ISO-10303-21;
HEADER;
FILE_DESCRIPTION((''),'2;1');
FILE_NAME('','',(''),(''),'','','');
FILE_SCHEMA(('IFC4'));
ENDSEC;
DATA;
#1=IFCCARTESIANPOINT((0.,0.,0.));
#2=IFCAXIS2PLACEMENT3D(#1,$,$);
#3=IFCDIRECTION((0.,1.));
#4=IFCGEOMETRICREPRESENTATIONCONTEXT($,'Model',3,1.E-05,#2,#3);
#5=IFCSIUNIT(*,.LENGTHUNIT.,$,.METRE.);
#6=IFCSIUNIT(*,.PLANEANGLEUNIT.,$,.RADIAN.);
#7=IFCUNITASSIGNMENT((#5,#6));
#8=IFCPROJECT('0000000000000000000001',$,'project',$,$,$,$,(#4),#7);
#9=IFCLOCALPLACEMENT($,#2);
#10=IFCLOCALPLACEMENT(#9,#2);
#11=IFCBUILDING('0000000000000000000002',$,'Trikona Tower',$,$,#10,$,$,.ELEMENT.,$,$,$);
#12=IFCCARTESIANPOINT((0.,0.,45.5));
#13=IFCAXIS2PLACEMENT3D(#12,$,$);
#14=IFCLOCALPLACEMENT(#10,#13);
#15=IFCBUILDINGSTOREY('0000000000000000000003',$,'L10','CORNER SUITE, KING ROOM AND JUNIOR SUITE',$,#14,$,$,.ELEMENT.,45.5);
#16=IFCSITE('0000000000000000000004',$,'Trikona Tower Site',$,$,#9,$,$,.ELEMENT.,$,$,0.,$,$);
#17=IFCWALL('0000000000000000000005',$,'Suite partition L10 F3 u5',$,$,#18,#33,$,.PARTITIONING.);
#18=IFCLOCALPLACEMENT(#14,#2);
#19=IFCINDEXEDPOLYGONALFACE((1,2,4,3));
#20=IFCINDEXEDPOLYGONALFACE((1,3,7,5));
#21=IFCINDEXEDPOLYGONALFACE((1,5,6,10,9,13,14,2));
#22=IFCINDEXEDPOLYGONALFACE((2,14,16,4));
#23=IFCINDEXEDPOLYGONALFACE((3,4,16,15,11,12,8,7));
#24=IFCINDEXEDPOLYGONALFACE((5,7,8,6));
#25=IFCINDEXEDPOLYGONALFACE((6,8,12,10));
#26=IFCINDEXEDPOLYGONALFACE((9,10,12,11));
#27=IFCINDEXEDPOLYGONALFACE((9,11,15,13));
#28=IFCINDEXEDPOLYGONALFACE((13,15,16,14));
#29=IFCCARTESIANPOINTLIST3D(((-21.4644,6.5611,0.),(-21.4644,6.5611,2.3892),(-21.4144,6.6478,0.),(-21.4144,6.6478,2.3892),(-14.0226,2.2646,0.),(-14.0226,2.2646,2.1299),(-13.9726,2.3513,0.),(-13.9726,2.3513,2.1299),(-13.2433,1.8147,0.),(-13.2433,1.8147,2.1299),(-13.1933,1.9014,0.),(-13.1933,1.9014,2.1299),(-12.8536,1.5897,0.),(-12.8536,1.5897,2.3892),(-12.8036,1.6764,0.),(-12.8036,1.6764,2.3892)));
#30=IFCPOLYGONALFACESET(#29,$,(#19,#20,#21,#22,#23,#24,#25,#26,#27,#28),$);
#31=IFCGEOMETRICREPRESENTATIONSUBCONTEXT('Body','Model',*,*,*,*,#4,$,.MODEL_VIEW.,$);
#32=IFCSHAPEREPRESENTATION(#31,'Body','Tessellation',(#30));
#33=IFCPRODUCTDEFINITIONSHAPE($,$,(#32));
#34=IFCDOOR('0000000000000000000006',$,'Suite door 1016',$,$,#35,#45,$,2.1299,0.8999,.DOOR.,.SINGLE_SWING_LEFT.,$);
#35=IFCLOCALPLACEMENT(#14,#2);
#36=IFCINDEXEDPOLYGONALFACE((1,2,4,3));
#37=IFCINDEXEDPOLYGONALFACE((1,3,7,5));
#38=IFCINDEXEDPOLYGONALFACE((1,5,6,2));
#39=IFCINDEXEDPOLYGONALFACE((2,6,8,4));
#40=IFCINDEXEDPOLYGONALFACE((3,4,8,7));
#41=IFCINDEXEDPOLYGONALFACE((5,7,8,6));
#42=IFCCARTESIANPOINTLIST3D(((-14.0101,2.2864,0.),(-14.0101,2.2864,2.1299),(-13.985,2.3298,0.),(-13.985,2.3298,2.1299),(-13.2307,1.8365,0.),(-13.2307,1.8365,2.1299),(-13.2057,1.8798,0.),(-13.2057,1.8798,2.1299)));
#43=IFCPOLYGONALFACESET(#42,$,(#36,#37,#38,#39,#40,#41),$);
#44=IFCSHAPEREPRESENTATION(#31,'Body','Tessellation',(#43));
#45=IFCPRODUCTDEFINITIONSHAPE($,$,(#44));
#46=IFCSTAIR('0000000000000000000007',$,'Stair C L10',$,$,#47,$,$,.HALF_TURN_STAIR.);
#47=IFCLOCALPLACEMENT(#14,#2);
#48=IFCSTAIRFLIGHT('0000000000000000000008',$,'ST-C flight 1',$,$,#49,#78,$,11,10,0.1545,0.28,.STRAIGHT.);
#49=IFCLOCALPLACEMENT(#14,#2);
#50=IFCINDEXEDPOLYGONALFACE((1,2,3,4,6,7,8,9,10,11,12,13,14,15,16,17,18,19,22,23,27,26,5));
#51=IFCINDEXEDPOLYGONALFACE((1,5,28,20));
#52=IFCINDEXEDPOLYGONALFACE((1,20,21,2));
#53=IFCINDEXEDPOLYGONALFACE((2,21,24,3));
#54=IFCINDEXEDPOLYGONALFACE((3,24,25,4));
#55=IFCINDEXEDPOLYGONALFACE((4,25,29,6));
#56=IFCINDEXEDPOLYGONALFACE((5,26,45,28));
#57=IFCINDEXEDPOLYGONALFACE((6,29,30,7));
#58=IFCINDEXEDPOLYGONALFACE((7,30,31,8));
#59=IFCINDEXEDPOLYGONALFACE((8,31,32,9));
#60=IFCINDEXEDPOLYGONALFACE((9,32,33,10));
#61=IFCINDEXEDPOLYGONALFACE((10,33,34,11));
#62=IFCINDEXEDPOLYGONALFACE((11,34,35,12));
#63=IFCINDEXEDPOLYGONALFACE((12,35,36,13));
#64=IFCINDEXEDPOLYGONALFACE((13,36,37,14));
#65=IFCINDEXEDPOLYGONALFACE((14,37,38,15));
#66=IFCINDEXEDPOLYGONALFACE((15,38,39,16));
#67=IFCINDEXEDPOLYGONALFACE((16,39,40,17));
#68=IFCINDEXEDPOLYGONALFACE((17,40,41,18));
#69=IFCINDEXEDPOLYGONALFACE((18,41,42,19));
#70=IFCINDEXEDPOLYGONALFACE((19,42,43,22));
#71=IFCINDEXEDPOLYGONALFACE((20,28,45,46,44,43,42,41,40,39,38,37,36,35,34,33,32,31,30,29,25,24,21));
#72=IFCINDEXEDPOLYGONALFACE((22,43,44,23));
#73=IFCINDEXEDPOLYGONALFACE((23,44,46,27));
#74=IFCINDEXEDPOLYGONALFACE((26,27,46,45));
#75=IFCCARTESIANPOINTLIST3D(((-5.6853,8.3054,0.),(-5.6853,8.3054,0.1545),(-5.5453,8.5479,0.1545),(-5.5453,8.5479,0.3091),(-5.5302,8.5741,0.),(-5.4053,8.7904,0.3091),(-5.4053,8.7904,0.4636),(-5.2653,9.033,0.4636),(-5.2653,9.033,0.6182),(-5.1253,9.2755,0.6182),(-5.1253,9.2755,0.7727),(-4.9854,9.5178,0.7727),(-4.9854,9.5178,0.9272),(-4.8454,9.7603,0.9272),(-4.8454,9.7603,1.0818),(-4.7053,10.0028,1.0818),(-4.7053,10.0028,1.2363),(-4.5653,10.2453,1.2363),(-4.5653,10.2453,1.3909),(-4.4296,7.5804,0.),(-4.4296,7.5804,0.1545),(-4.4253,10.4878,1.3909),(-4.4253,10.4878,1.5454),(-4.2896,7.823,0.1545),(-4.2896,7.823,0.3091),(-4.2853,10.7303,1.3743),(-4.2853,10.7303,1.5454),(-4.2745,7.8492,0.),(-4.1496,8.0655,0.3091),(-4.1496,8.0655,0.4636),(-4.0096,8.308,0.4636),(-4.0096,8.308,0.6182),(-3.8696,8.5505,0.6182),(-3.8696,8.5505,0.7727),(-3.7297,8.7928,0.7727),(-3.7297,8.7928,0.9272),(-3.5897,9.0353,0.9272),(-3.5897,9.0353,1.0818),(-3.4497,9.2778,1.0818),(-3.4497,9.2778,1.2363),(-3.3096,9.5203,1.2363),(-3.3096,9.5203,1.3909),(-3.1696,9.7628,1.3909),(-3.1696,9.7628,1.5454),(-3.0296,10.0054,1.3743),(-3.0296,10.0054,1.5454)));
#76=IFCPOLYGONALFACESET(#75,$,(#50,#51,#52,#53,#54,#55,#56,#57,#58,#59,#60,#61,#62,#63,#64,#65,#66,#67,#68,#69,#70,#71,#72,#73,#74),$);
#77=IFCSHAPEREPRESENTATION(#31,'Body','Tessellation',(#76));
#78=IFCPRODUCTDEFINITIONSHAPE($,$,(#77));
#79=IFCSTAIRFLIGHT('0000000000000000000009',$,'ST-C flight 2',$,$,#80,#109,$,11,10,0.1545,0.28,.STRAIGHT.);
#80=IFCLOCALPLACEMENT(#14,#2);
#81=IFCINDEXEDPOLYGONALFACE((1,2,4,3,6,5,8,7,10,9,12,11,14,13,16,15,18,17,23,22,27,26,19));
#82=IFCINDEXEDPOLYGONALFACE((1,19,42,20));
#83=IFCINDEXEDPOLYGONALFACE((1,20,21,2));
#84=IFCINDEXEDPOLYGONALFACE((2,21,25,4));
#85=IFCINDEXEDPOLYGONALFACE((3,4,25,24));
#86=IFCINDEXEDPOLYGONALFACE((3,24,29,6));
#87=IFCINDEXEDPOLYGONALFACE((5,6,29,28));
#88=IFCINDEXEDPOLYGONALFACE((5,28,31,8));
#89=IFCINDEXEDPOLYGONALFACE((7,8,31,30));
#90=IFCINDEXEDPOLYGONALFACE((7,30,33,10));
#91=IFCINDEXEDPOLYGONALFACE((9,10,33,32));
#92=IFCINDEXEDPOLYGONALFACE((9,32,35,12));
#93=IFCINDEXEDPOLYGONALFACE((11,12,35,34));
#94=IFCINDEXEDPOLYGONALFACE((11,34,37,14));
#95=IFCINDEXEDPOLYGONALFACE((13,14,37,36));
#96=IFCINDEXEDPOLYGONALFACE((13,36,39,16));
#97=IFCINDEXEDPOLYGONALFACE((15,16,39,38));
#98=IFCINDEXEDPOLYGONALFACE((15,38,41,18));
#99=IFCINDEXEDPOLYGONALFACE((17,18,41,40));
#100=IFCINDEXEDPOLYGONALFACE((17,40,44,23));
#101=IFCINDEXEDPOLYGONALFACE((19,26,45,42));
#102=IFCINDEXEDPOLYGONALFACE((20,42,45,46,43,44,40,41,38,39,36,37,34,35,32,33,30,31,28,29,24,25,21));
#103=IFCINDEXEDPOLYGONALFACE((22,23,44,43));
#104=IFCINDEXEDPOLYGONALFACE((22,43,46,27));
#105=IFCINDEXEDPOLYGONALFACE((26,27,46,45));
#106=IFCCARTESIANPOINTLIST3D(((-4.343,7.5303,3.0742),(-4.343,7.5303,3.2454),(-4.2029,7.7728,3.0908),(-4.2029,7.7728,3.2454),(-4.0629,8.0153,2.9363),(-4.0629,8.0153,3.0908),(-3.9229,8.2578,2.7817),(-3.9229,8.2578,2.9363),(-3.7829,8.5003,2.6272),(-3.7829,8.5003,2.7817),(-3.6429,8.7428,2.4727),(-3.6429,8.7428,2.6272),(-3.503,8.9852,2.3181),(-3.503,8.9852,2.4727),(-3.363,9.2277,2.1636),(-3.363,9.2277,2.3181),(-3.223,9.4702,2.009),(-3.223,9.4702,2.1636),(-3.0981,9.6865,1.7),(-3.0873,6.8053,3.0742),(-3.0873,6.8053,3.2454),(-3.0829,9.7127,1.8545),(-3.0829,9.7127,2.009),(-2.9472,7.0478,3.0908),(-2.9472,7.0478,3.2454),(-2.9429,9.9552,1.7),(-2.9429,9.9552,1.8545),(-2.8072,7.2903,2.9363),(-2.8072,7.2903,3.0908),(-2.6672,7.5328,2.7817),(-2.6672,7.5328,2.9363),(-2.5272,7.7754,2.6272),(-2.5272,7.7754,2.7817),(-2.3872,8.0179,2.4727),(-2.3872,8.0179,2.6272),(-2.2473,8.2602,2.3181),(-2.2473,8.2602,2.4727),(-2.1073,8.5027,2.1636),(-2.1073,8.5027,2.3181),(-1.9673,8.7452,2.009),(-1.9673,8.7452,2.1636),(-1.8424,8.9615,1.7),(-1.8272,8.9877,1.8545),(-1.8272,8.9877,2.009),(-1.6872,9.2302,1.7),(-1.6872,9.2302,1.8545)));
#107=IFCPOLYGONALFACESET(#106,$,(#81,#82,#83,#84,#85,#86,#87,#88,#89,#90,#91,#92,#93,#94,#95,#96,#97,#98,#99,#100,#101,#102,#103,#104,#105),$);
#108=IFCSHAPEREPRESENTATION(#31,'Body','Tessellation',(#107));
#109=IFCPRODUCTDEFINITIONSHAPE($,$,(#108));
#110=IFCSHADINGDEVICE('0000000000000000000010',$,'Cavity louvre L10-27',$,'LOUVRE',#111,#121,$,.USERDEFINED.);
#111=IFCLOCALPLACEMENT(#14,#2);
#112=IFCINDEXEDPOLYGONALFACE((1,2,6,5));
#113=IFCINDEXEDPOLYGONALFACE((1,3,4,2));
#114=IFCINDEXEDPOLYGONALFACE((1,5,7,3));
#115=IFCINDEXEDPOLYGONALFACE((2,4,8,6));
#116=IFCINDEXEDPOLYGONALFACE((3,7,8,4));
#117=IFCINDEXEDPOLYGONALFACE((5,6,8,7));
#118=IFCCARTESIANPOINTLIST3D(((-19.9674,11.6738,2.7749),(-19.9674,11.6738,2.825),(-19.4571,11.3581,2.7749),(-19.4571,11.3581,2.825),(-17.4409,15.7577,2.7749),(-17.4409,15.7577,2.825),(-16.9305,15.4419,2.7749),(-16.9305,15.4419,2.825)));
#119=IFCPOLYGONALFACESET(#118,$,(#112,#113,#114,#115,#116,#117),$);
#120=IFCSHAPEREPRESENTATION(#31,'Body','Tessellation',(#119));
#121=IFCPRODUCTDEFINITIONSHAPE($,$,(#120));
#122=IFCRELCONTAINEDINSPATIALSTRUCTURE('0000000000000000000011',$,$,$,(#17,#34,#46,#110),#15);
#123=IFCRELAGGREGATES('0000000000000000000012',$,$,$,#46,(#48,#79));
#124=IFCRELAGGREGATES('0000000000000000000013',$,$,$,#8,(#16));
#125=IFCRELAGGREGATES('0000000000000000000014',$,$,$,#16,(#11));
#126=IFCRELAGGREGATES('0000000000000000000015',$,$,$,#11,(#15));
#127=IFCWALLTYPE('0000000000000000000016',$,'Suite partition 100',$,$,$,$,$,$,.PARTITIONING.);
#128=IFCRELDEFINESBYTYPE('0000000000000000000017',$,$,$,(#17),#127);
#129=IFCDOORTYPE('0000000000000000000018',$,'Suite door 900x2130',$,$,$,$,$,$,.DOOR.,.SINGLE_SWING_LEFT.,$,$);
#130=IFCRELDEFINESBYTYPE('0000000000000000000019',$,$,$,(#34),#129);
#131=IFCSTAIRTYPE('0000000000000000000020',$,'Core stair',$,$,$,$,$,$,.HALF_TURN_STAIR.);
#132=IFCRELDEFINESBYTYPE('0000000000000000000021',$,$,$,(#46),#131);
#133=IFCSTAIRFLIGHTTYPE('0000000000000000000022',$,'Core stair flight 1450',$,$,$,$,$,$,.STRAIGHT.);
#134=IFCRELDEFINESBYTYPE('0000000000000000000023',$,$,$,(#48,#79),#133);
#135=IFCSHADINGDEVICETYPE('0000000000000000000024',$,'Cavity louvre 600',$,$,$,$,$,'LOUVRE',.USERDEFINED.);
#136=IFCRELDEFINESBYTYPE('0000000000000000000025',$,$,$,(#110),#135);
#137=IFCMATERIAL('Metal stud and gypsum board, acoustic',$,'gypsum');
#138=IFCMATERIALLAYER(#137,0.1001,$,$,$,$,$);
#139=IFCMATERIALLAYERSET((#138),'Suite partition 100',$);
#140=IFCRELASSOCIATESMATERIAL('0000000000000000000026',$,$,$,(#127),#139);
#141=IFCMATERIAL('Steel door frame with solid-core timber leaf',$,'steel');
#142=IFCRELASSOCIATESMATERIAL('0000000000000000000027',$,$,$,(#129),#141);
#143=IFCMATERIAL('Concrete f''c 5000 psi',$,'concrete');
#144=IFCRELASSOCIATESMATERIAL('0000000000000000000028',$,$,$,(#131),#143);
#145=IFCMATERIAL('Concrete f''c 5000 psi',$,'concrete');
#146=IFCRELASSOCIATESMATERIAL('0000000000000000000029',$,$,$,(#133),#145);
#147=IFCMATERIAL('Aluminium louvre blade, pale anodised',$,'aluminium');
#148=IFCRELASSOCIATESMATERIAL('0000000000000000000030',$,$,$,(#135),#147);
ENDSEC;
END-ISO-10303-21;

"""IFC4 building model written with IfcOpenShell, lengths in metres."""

from ifc_helpers import new_model, si_unit, direction, frame, frame_2d, origin, origin_2d, place, context, subcontext, project, spatial, polyline, rectangle, outline, extrude, material, layer, layer_set, type_object, element, fill, aggregate, save


model = new_model("IFC4")

# Units and contexts
model_context = context("Model", 3, precision=1e-05, world=origin(), true_north=direction((0.0, 1.0)))
body_context = subcontext(model_context, "Body", "Model", "MODEL_VIEW")
ifc_project = project(units=[si_unit("LENGTHUNIT", "METRE"), si_unit("PLANEANGLEUNIT", "RADIAN")], contexts=[model_context])

# Site, building, storey
site_placement = place(None, origin())
site = spatial("IfcSite", under=ifc_project, at=site_placement, Name="Trikona Tower Site", CompositionType="ELEMENT", RefElevation=0.0)
building_placement = place(site_placement, origin())
building = spatial("IfcBuilding", under=site, at=building_placement, Name="Trikona Tower", CompositionType="ELEMENT")
storey_placement = place(building_placement, frame((0.0, 0.0, 45.5)))
storey = spatial("IfcBuildingStorey", under=building, at=storey_placement, Name="L10", Description="CORNER SUITE, KING ROOM AND JUNIOR SUITE", CompositionType="ELEMENT", Elevation=45.5)

# Wall, opening, door
ifc_material_1 = material(Name="Metal stud and gypsum board, acoustic", Category="gypsum")
ifc_layer_1 = layer(ifc_material_1, 0.1001)
ifc_layer_set_1 = layer_set([ifc_layer_1], Name="Suite partition 100")
wall_type_1 = type_object("IfcWallType", Name="Suite partition 100", PredefinedType="PARTITIONING", material=ifc_layer_set_1)
ifc_material_2 = material(Name="Steel door frame with solid-core timber leaf", Category="steel")
door_type_1 = type_object("IfcDoorType", Name="Suite door 900x2130", OperationType="SINGLE_SWING_LEFT", PredefinedType="DOOR", material=ifc_material_2)
wall_1_placement = place(storey_placement, frame((-12.8286, 1.6331, 0.0), z_axis=(0.0, 0.0, 1.0), x_axis=(-0.866027, 0.499997, 0.0)))
wall_1 = element("IfcWall", 1, at=wall_1_placement, inside=storey, type_object=wall_type_1, Name="Suite partition L10 F3 u5", PredefinedType="PARTITIONING", context=body_context, shape_type="SweptSolid", body=[
    extrude(rectangle(XDim=9.9429, YDim=0.1001, at=frame_2d((4.9714, 0.0))), origin(), (0.0, 0.0, 1.0), 2.3892),
])
opening_1_placement = place(wall_1_placement, frame((0.45, 0.0, 0.0)))
opening_1 = element("IfcOpeningElement", 2, at=opening_1_placement, cuts=wall_1, PredefinedType="OPENING", context=body_context, shape_type="SweptSolid", body=[
    extrude(rectangle(XDim=0.8999, YDim=2.1299, at=frame_2d((0.45, 1.0649))), frame((0.0, 0.0601, 0.0), z_axis=(0.0, -1.0, 0.0), x_axis=(1.0, 0.0, 0.0)), (0.0, 0.0, 1.0), 0.1201),
])
door_1_placement = place(opening_1_placement, origin())
door_1 = element("IfcDoor", 3, at=door_1_placement, inside=storey, type_object=door_type_1, Name="Suite door 1016", OperationType="SINGLE_SWING_LEFT", OverallHeight=2.1299, OverallWidth=0.8999, PredefinedType="DOOR", context=body_context, shape_type="SweptSolid", body=[
    extrude(rectangle(XDim=0.8999, YDim=2.1299, at=frame_2d((0.45, 1.0649))), frame((0.0, 0.0249, 0.0), z_axis=(0.0, -1.0, 0.0), x_axis=(1.0, 0.0, 0.0)), (0.0, 0.0, 1.0), 0.05),
])
fill(opening_1, door_1)

# Stair, stair flights
ifc_material_3 = material(Name="Concrete f'c 5000 psi", Category="concrete")
stair_type = type_object("IfcStairType", Name="Core stair", PredefinedType="HALF_TURN_STAIR", material=ifc_material_3)
stair_placement = place(storey_placement, origin())
stair = element("IfcStair", 4, at=stair_placement, inside=storey, type_object=stair_type, Name="Stair C L10", PredefinedType="HALF_TURN_STAIR")
ifc_material_4 = material(Name="Concrete f'c 5000 psi", Category="concrete")
stair_flight_type = type_object("IfcStairFlightType", Name="Core stair flight 1450", PredefinedType="STRAIGHT", material=ifc_material_4)
stair_flight_1_placement = place(storey_placement, frame((-5.0574, 7.9429, 0.0), z_axis=(0.0, 0.0, 1.0), x_axis=(0.5, 0.866025, 0.0)))
stair_flight_1 = element("IfcStairFlight", 5, at=stair_flight_1_placement, type_object=stair_flight_type, Name="ST-C flight 1", NumberOfRisers=11, NumberOfTreads=10, PredefinedType="STRAIGHT", RiserHeight=0.1545, TreadLength=0.28, context=body_context, shape_type="SweptSolid", body=[
    extrude(outline(polyline([(0.0, 0.0), (0.0, 0.1545), (0.28, 0.1545), (0.28, 0.3091), (0.5601, 0.3091), (0.5601, 0.4636), (0.8401, 0.4636), (0.8401, 0.6182), (1.1201, 0.6182), (1.1201, 0.7727), (1.3999, 0.7727), (1.3999, 0.9272), (1.6799, 0.9272), (1.6799, 1.0818), (1.96, 1.0818), (1.96, 1.2363), (2.24, 1.2363), (2.24, 1.3909), (2.52, 1.3909), (2.52, 1.5454), (2.8, 1.5454), (2.8, 1.7), (2.8, 1.3743), (0.3103, 0.0), (0.0, 0.0)])), frame((0.0, 0.7251, 0.0), z_axis=(0.0, -1.0, 0.0), x_axis=(1.0, 0.0, 0.0)), (0.0, 0.0, 1.0), 1.45),
])
stair_flight_2_placement = place(storey_placement, frame((-2.3152, 9.5928, 1.7), z_axis=(0.0, 0.0, 1.0), x_axis=(-0.5, -0.866025, 0.0)))
stair_flight_2 = element("IfcStairFlight", 6, at=stair_flight_2_placement, type_object=stair_flight_type, Name="ST-C flight 2", NumberOfRisers=11, NumberOfTreads=10, PredefinedType="STRAIGHT", RiserHeight=0.1545, TreadLength=0.28, context=body_context, shape_type="SweptSolid", body=[
    extrude(outline(polyline([(0.0, 0.0), (0.0, 0.1545), (0.28, 0.1545), (0.28, 0.3091), (0.5601, 0.3091), (0.5601, 0.4636), (0.8401, 0.4636), (0.8401, 0.6182), (1.1201, 0.6182), (1.1201, 0.7727), (1.3999, 0.7727), (1.3999, 0.9272), (1.6799, 0.9272), (1.6799, 1.0818), (1.96, 1.0818), (1.96, 1.2363), (2.24, 1.2363), (2.24, 1.3909), (2.52, 1.3909), (2.52, 1.5454), (2.8, 1.5454), (2.8, 1.7), (2.8, 1.3743), (0.3103, 0.0), (0.0, 0.0)])), frame((0.0, 0.7251, 0.0), z_axis=(0.0, -1.0, 0.0), x_axis=(1.0, 0.0, 0.0)), (0.0, 0.0, 1.0), 1.45),
])
aggregate(stair, [stair_flight_1, stair_flight_2])

# Shading device
ifc_material_5 = material(Name="Aluminium louvre blade, pale anodised", Category="aluminium")
shading_device_type = type_object("IfcShadingDeviceType", Name="Cavity louvre 600", ElementType="LOUVRE", PredefinedType="USERDEFINED", material=ifc_material_5)
shading_device_placement = place(storey_placement, frame((-18.449, 13.5579, 2.7749), z_axis=(0.0, 0.0, 1.0), x_axis=(-0.526119, -0.850411, 0.0)))
element("IfcShadingDevice", 7, at=shading_device_placement, inside=storey, type_object=shading_device_type, Name="Cavity louvre L10-27", ObjectType="LOUVRE", PredefinedType="USERDEFINED", context=body_context, shape_type="SweptSolid", body=[
    extrude(rectangle(XDim=4.8022, YDim=0.6001, at=origin_2d()), origin(), (0.0, 0.0, 1.0), 0.05),
])

save(model, "model.ifc")
